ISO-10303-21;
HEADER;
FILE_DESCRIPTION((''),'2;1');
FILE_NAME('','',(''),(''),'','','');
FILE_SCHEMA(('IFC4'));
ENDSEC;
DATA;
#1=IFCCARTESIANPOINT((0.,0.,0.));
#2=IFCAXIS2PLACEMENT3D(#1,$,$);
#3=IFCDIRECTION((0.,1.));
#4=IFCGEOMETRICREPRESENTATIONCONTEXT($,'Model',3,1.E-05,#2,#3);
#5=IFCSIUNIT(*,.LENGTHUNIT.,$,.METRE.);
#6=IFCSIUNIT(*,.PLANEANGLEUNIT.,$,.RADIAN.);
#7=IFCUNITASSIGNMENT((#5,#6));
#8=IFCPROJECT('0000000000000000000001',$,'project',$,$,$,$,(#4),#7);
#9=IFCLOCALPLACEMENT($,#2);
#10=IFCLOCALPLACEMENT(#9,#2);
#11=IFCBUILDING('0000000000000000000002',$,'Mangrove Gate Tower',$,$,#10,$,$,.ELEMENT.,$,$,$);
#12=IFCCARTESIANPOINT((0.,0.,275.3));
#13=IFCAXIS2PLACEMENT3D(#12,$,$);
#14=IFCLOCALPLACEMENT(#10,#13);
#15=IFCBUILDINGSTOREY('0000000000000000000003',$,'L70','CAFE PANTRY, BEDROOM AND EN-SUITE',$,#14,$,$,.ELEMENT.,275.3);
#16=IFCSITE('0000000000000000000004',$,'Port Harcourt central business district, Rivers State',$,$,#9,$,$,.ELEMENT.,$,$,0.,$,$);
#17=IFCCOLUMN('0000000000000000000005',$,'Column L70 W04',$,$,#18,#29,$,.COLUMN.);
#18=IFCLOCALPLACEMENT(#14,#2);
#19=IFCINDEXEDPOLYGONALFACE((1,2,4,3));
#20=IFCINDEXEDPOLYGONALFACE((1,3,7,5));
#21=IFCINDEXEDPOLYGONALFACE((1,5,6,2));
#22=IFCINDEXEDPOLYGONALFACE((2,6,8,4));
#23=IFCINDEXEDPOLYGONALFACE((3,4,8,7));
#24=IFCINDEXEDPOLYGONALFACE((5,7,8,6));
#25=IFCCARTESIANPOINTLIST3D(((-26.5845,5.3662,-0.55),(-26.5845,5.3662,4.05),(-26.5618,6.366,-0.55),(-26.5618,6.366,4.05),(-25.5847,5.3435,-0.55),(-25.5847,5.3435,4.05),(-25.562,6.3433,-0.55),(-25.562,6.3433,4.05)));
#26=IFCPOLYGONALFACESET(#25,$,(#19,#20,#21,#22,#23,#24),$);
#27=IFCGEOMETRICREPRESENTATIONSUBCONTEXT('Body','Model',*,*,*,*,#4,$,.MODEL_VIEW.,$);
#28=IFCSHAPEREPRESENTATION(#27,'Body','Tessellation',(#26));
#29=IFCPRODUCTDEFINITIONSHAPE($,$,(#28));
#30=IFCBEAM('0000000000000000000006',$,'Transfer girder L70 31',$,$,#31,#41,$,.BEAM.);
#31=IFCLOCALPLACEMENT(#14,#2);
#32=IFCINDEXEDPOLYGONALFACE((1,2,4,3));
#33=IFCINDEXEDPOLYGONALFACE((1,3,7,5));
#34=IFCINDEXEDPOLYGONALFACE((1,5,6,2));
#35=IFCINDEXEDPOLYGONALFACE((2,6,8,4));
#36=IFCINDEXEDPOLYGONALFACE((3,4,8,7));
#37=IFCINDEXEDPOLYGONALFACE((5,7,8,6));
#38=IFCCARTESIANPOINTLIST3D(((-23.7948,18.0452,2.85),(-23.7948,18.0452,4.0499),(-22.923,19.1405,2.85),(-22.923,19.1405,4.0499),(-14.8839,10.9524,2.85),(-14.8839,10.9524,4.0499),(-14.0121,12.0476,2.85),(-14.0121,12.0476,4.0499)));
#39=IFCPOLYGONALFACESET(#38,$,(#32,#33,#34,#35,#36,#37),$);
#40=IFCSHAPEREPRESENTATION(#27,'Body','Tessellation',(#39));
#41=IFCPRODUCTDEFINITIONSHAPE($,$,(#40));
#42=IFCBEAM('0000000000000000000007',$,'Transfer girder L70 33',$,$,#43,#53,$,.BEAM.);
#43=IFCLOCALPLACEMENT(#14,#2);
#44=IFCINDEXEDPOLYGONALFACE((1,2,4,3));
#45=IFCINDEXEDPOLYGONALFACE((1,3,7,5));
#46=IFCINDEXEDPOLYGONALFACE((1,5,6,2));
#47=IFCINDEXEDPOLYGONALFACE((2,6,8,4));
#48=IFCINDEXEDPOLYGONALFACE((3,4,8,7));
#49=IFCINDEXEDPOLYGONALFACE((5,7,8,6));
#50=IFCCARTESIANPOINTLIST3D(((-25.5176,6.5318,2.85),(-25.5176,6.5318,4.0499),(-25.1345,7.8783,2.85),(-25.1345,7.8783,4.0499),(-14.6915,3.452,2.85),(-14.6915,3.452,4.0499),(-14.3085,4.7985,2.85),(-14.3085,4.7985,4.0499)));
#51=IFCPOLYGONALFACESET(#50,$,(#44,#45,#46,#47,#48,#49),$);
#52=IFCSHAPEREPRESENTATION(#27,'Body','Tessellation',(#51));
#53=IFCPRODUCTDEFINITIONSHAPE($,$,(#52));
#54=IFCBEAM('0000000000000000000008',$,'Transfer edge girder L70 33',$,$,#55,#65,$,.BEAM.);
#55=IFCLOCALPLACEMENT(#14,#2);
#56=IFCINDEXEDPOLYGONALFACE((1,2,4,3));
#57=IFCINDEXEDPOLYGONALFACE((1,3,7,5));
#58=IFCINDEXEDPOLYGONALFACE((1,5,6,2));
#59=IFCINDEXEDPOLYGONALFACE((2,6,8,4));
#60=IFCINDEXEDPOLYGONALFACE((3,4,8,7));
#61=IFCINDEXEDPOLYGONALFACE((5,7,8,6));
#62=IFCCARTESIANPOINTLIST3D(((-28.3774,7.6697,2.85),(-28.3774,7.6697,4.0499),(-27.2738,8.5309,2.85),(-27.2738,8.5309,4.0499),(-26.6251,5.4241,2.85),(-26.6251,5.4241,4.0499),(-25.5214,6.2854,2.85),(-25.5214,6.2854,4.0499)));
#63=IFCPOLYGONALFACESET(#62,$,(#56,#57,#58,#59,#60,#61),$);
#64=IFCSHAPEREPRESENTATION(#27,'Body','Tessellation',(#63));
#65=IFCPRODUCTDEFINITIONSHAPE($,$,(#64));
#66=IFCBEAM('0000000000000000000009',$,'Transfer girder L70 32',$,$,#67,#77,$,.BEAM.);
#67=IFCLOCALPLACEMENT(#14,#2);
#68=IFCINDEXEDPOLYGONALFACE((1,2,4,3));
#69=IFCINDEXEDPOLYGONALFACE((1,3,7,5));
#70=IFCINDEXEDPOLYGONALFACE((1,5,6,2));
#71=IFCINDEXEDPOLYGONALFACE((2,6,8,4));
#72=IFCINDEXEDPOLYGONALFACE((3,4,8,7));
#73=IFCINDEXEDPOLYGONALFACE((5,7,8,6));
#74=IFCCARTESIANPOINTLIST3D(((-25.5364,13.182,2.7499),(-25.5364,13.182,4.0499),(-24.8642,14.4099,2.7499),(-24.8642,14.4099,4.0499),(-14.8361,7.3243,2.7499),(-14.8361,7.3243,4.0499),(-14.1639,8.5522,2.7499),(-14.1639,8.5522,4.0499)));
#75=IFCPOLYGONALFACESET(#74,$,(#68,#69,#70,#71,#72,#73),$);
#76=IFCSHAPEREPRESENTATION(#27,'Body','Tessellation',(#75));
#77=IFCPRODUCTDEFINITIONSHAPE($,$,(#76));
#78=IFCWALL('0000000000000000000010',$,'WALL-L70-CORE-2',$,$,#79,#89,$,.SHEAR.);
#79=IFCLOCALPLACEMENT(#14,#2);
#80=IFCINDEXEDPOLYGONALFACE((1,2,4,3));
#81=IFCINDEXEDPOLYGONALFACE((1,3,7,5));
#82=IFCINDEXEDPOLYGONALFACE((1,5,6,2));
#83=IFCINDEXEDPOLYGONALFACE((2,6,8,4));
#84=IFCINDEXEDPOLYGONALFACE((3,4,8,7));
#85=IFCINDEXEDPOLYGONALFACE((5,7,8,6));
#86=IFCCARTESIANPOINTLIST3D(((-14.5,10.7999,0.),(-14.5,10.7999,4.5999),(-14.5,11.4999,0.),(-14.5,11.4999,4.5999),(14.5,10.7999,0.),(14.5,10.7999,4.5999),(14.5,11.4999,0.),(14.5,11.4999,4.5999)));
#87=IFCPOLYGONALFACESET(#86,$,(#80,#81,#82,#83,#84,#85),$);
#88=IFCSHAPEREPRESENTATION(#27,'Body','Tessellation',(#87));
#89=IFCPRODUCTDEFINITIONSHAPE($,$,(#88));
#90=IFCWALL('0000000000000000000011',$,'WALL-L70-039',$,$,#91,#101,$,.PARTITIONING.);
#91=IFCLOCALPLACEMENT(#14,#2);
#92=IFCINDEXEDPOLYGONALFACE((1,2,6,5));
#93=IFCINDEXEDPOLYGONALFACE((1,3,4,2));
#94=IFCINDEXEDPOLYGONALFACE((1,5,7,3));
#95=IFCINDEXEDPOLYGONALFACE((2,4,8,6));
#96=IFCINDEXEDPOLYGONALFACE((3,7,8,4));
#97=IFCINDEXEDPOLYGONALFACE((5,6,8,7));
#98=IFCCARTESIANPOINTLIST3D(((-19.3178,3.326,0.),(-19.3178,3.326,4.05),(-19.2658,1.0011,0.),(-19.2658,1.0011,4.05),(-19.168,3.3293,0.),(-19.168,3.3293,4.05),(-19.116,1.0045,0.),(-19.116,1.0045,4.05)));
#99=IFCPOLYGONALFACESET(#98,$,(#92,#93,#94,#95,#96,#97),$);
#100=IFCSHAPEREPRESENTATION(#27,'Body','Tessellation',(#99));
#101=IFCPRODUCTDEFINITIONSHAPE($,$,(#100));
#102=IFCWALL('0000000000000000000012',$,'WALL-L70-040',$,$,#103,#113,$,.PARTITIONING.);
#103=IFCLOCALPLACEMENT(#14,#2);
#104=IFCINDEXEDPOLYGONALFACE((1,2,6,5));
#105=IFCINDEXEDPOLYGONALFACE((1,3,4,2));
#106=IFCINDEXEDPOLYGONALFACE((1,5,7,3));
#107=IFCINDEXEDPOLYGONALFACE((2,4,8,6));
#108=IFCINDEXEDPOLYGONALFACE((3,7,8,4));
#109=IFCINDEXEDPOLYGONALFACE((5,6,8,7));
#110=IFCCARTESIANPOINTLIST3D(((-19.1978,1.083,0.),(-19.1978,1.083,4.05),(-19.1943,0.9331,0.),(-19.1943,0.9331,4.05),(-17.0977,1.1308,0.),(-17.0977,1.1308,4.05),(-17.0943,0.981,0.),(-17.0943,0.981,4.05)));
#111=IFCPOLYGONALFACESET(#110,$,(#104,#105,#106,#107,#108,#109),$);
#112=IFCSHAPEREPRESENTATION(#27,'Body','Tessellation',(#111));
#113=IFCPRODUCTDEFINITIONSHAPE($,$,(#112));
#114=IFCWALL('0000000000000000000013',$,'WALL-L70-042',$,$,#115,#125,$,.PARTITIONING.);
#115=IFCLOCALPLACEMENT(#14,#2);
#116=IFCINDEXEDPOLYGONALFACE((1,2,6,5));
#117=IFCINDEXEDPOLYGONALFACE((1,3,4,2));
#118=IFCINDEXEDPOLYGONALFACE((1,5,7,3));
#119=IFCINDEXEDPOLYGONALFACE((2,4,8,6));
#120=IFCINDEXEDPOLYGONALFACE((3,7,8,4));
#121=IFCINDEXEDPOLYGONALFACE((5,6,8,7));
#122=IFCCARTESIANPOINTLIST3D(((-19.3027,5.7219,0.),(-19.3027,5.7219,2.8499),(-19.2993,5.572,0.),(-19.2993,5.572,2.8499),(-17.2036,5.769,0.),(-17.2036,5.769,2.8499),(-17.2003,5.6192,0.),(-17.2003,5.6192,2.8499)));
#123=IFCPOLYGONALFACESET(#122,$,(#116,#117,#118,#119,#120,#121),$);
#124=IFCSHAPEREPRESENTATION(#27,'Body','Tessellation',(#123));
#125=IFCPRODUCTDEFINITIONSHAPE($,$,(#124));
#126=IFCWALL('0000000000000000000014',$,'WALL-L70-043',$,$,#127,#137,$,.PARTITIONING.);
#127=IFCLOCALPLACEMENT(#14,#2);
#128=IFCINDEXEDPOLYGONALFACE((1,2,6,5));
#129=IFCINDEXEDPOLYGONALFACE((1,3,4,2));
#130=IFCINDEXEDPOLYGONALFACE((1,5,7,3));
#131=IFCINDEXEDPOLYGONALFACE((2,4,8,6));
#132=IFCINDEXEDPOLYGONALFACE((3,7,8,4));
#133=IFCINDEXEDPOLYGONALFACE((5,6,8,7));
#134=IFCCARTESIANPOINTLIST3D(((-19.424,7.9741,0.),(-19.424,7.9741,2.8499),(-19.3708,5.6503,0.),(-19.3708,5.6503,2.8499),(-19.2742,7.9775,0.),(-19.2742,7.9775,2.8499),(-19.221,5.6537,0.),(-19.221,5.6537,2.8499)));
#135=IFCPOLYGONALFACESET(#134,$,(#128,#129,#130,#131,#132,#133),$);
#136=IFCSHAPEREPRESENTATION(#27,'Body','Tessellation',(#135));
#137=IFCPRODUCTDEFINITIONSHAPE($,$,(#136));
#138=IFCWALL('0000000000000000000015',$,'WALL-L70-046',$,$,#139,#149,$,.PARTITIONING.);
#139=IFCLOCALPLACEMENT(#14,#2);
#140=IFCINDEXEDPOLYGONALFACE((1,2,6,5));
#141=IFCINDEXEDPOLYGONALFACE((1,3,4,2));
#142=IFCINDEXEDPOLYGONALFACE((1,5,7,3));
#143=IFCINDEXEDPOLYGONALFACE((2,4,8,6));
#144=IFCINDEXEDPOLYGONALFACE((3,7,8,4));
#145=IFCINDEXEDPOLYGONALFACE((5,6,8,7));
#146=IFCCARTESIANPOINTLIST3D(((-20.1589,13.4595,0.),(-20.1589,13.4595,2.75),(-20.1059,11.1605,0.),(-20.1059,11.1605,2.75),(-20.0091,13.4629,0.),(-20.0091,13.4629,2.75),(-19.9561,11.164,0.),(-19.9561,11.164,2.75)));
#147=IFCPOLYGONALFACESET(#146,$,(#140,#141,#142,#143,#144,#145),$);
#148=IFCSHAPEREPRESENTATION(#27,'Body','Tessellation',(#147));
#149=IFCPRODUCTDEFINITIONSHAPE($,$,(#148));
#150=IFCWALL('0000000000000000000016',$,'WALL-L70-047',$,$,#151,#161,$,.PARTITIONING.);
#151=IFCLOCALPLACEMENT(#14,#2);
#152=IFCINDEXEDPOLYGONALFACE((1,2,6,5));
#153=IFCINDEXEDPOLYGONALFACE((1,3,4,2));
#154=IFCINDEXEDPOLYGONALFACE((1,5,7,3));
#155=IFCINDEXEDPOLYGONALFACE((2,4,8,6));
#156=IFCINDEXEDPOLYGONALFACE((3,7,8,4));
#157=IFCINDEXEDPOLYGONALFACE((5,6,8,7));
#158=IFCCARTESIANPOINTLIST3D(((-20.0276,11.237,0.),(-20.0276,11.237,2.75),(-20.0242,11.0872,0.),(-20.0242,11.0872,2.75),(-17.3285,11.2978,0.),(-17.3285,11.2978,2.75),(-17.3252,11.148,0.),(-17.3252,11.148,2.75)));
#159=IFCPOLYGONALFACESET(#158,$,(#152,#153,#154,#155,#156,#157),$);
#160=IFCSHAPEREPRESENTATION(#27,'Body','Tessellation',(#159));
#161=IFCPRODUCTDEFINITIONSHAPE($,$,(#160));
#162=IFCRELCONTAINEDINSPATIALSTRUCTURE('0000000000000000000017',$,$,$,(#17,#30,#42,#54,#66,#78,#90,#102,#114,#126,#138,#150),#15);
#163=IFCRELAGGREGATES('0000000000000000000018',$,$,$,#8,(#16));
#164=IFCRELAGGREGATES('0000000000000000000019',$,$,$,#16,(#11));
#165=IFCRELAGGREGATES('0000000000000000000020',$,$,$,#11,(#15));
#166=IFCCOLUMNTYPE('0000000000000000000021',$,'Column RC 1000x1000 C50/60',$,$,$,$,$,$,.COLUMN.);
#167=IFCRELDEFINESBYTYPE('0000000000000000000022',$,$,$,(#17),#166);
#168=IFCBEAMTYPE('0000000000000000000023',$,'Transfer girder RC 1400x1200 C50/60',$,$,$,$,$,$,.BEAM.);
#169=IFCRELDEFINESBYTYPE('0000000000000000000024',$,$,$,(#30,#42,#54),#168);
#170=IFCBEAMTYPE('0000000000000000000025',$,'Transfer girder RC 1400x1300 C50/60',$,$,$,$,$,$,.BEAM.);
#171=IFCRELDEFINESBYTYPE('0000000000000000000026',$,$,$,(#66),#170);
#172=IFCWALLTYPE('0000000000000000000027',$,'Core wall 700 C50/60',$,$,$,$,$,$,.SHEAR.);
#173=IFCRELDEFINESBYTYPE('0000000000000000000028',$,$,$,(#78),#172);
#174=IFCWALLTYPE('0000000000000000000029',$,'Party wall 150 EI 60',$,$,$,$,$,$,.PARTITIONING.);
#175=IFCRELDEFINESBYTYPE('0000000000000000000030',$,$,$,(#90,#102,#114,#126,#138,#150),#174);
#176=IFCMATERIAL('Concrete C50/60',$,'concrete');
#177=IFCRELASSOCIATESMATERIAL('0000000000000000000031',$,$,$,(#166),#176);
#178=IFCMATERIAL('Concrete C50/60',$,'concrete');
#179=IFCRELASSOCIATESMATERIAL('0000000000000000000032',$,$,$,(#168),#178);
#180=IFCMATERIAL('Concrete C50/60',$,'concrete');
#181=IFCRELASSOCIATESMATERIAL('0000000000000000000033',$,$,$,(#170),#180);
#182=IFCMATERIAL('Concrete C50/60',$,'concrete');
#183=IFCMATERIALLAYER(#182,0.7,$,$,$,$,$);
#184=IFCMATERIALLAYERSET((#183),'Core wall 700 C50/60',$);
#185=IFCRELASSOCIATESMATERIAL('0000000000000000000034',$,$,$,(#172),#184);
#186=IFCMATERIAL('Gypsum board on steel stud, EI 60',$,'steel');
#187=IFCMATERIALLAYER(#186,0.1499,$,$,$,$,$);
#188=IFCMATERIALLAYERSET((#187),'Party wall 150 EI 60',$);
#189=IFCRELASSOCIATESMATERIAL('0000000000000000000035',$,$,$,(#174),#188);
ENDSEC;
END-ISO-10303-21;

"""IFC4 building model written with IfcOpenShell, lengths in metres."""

from ifc_helpers import new_model, si_unit, direction, frame, frame_2d, origin, origin_2d, place, context, subcontext, project, spatial, rectangle, extrude, material, layer, layer_set, material_profile, profile_set, type_object, element, save


model = new_model("IFC4")

# Units and contexts
model_context = context("Model", 3, precision=1e-05, world=origin(), true_north=direction((0.0, 1.0)))
body_context = subcontext(model_context, "Body", "Model", "MODEL_VIEW")
ifc_project = project(units=[si_unit("LENGTHUNIT", "METRE"), si_unit("PLANEANGLEUNIT", "RADIAN")], contexts=[model_context])

# Site, building, storey
site_placement = place(None, origin())
site = spatial("IfcSite", under=ifc_project, at=site_placement, Name="Port Harcourt central business district, Rivers State", CompositionType="ELEMENT", RefElevation=0.0)
building_placement = place(site_placement, origin())
building = spatial("IfcBuilding", under=site, at=building_placement, Name="Mangrove Gate Tower", CompositionType="ELEMENT")
storey_placement = place(building_placement, frame((0.0, 0.0, 275.3)))
storey = spatial("IfcBuildingStorey", under=building, at=storey_placement, Name="L70", Description="CAFE PANTRY, BEDROOM AND EN-SUITE", CompositionType="ELEMENT", Elevation=275.3)

# Column
ifc_material_1 = material(Name="Concrete C50/60", Category="concrete")
ifc_material_profile_1 = material_profile(ifc_material_1, rectangle(XDim=1.0, YDim=1.0, at=origin_2d()))
ifc_profile_set_1 = profile_set([ifc_material_profile_1], Name="Concrete C50/60")
column_type = type_object("IfcColumnType", Name="Column RC 1000x1000 C50/60", PredefinedType="COLUMN", material=ifc_profile_set_1)
column_placement = place(storey_placement, frame((-26.0732, 5.8547, -0.55), z_axis=(0.0, 0.0, 1.0), x_axis=(-0.022697, -0.999742, 0.0)))
element("IfcColumn", 1, at=column_placement, inside=storey, type_object=column_type, Name="Column L70 W04", PredefinedType="COLUMN", context=body_context, shape_type="SweptSolid", body=[
    extrude(rectangle(XDim=1.0, YDim=1.0, at=origin_2d()), origin(), (0.0, 0.0, 1.0), 4.6001),
])

# Beams
ifc_material_2 = material(Name="Concrete C50/60", Category="concrete")
ifc_material_profile_2 = material_profile(ifc_material_2, rectangle(XDim=1.3999, YDim=1.2, at=origin_2d()))
ifc_profile_set_2 = profile_set([ifc_material_profile_2], Name="Concrete C50/60")
beam_type_1 = type_object("IfcBeamType", Name="Transfer girder RC 1400x1200 C50/60", PredefinedType="BEAM", material=ifc_profile_set_2)
beam_1_placement = place(storey_placement, frame((-14.448, 11.5, 3.45), z_axis=(-0.782406, 0.622769, 0.0), x_axis=(-0.622769, -0.782406, 0.0)))
element("IfcBeam", 2, at=beam_1_placement, inside=storey, type_object=beam_type_1, Name="Transfer girder L70 31", PredefinedType="BEAM", context=body_context, shape_type="SweptSolid", body=[
    extrude(rectangle(XDim=1.3999, YDim=1.2, at=origin_2d()), origin(), (0.0, 0.0, 1.0), 11.3892),
])
beam_2_placement = place(storey_placement, frame((-14.5, 4.1252, 3.45), z_axis=(-0.961837, 0.273624, 0.0), x_axis=(-0.273624, -0.961837, 0.0)))
element("IfcBeam", 3, at=beam_2_placement, inside=storey, type_object=beam_type_1, Name="Transfer girder L70 33", PredefinedType="BEAM", context=body_context, shape_type="SweptSolid", body=[
    extrude(rectangle(XDim=1.3999, YDim=1.2, at=origin_2d()), origin(), (0.0, 0.0, 1.0), 11.2556),
])
beam_3_placement = place(storey_placement, frame((-26.0732, 5.8547, 3.45), z_axis=(-0.615221, 0.788354, 0.0), x_axis=(-0.788354, -0.615221, 0.0)))
element("IfcBeam", 4, at=beam_3_placement, inside=storey, type_object=beam_type_1, Name="Transfer edge girder L70 33", PredefinedType="BEAM", context=body_context, shape_type="SweptSolid", body=[
    extrude(rectangle(XDim=1.3999, YDim=1.2, at=origin_2d()), origin(), (0.0, 0.0, 1.0), 2.8484),
])
ifc_material_3 = material(Name="Concrete C50/60", Category="concrete")
ifc_material_profile_3 = material_profile(ifc_material_3, rectangle(XDim=1.3999, YDim=1.3, at=origin_2d()))
ifc_profile_set_3 = profile_set([ifc_material_profile_3], Name="Concrete C50/60")
beam_type_2 = type_object("IfcBeamType", Name="Transfer girder RC 1400x1300 C50/60", PredefinedType="BEAM", material=ifc_profile_set_3)
beam_4_placement = place(storey_placement, frame((-14.5, 7.9382, 3.3999), z_axis=(-0.877164, 0.480191, 0.0), x_axis=(-0.480191, -0.877164, 0.0)))
element("IfcBeam", 5, at=beam_4_placement, inside=storey, type_object=beam_type_2, Name="Transfer girder L70 32", PredefinedType="BEAM", context=body_context, shape_type="SweptSolid", body=[
    extrude(rectangle(XDim=1.3999, YDim=1.3, at=origin_2d()), origin(), (0.0, 0.0, 1.0), 12.1987),
])

# Walls
ifc_material_4 = material(Name="Concrete C50/60", Category="concrete")
ifc_layer_1 = layer(ifc_material_4, 0.7)
ifc_layer_set_1 = layer_set([ifc_layer_1], Name="Core wall 700 C50/60")
wall_type_1 = type_object("IfcWallType", Name="Core wall 700 C50/60", PredefinedType="SHEAR", material=ifc_layer_set_1)
wall_1_placement = place(storey_placement, frame((-14.5, 11.1499, 0.0), z_axis=(0.0, 0.0, 1.0), x_axis=(1.0, 0.0, 0.0)))
element("IfcWall", 6, at=wall_1_placement, inside=storey, type_object=wall_type_1, Name="WALL-L70-CORE-2", PredefinedType="SHEAR", context=body_context, shape_type="SweptSolid", body=[
    extrude(rectangle(XDim=29.0, YDim=0.7, at=frame_2d((14.5, 0.0))), origin(), (0.0, 0.0, 1.0), 4.5999),
])
ifc_material_5 = material(Name="Gypsum board on steel stud, EI 60", Category="steel")
ifc_layer_2 = layer(ifc_material_5, 0.1499)
ifc_layer_set_2 = layer_set([ifc_layer_2], Name="Party wall 150 EI 60")
wall_type_2 = type_object("IfcWallType", Name="Party wall 150 EI 60", PredefinedType="PARTITIONING", material=ifc_layer_set_2)
wall_2_placement = place(storey_placement, frame((-19.1909, 1.0029, 0.0), z_axis=(0.0, 0.0, 1.0), x_axis=(-0.022361, 0.99975, 0.0)))
element("IfcWall", 7, at=wall_2_placement, inside=storey, type_object=wall_type_2, Name="WALL-L70-039", PredefinedType="PARTITIONING", context=body_context, shape_type="SweptSolid", body=[
    extrude(rectangle(XDim=2.3254, YDim=0.1499, at=frame_2d((1.1626, 0.0))), origin(), (0.0, 0.0, 1.0), 4.05),
])
wall_3_placement = place(storey_placement, frame((-19.196, 1.0081, 0.0), z_axis=(0.0, 0.0, 1.0), x_axis=(0.999741, 0.022779, 0.0)))
element("IfcWall", 8, at=wall_3_placement, inside=storey, type_object=wall_type_2, Name="WALL-L70-040", PredefinedType="PARTITIONING", context=body_context, shape_type="SweptSolid", body=[
    extrude(rectangle(XDim=2.1006, YDim=0.1499, at=frame_2d((1.0503, 0.0))), origin(), (0.0, 0.0, 1.0), 4.05),
])
wall_4_placement = place(storey_placement, frame((-19.301, 5.647, 0.0), z_axis=(0.0, 0.0, 1.0), x_axis=(0.999748, 0.022441, 0.0)))
element("IfcWall", 9, at=wall_4_placement, inside=storey, type_object=wall_type_2, Name="WALL-L70-042", PredefinedType="PARTITIONING", context=body_context, shape_type="SweptSolid", body=[
    extrude(rectangle(XDim=2.0996, YDim=0.1499, at=frame_2d((1.0498, 0.0))), origin(), (0.0, 0.0, 1.0), 2.8499),
])
wall_5_placement = place(storey_placement, frame((-19.2959, 5.6521, 0.0), z_axis=(0.0, 0.0, 1.0), x_axis=(-0.022896, 0.999738, 0.0)))
element("IfcWall", 10, at=wall_5_placement, inside=storey, type_object=wall_type_2, Name="WALL-L70-043", PredefinedType="PARTITIONING", context=body_context, shape_type="SweptSolid", body=[
    extrude(rectangle(XDim=2.3245, YDim=0.1499, at=frame_2d((1.1621, 0.0))), origin(), (0.0, 0.0, 1.0), 2.8499),
])
wall_6_placement = place(storey_placement, frame((-20.031, 11.1621, 0.0), z_axis=(0.0, 0.0, 1.0), x_axis=(-0.02304, 0.999735, 0.0)))
element("IfcWall", 11, at=wall_6_placement, inside=storey, type_object=wall_type_2, Name="WALL-L70-046", PredefinedType="PARTITIONING", context=body_context, shape_type="SweptSolid", body=[
    extrude(rectangle(XDim=2.2996, YDim=0.1499, at=frame_2d((1.1499, 0.0))), origin(), (0.0, 0.0, 1.0), 2.75),
])
wall_7_placement = place(storey_placement, frame((-20.0259, 11.1621, 0.0), z_axis=(0.0, 0.0, 1.0), x_axis=(0.999746, 0.022518, 0.0)))
element("IfcWall", 12, at=wall_7_placement, inside=storey, type_object=wall_type_2, Name="WALL-L70-047", PredefinedType="PARTITIONING", context=body_context, shape_type="SweptSolid", body=[
    extrude(rectangle(XDim=2.6997, YDim=0.1499, at=frame_2d((1.3499, 0.0))), origin(), (0.0, 0.0, 1.0), 2.75),
])

save(model, "model.ifc")
